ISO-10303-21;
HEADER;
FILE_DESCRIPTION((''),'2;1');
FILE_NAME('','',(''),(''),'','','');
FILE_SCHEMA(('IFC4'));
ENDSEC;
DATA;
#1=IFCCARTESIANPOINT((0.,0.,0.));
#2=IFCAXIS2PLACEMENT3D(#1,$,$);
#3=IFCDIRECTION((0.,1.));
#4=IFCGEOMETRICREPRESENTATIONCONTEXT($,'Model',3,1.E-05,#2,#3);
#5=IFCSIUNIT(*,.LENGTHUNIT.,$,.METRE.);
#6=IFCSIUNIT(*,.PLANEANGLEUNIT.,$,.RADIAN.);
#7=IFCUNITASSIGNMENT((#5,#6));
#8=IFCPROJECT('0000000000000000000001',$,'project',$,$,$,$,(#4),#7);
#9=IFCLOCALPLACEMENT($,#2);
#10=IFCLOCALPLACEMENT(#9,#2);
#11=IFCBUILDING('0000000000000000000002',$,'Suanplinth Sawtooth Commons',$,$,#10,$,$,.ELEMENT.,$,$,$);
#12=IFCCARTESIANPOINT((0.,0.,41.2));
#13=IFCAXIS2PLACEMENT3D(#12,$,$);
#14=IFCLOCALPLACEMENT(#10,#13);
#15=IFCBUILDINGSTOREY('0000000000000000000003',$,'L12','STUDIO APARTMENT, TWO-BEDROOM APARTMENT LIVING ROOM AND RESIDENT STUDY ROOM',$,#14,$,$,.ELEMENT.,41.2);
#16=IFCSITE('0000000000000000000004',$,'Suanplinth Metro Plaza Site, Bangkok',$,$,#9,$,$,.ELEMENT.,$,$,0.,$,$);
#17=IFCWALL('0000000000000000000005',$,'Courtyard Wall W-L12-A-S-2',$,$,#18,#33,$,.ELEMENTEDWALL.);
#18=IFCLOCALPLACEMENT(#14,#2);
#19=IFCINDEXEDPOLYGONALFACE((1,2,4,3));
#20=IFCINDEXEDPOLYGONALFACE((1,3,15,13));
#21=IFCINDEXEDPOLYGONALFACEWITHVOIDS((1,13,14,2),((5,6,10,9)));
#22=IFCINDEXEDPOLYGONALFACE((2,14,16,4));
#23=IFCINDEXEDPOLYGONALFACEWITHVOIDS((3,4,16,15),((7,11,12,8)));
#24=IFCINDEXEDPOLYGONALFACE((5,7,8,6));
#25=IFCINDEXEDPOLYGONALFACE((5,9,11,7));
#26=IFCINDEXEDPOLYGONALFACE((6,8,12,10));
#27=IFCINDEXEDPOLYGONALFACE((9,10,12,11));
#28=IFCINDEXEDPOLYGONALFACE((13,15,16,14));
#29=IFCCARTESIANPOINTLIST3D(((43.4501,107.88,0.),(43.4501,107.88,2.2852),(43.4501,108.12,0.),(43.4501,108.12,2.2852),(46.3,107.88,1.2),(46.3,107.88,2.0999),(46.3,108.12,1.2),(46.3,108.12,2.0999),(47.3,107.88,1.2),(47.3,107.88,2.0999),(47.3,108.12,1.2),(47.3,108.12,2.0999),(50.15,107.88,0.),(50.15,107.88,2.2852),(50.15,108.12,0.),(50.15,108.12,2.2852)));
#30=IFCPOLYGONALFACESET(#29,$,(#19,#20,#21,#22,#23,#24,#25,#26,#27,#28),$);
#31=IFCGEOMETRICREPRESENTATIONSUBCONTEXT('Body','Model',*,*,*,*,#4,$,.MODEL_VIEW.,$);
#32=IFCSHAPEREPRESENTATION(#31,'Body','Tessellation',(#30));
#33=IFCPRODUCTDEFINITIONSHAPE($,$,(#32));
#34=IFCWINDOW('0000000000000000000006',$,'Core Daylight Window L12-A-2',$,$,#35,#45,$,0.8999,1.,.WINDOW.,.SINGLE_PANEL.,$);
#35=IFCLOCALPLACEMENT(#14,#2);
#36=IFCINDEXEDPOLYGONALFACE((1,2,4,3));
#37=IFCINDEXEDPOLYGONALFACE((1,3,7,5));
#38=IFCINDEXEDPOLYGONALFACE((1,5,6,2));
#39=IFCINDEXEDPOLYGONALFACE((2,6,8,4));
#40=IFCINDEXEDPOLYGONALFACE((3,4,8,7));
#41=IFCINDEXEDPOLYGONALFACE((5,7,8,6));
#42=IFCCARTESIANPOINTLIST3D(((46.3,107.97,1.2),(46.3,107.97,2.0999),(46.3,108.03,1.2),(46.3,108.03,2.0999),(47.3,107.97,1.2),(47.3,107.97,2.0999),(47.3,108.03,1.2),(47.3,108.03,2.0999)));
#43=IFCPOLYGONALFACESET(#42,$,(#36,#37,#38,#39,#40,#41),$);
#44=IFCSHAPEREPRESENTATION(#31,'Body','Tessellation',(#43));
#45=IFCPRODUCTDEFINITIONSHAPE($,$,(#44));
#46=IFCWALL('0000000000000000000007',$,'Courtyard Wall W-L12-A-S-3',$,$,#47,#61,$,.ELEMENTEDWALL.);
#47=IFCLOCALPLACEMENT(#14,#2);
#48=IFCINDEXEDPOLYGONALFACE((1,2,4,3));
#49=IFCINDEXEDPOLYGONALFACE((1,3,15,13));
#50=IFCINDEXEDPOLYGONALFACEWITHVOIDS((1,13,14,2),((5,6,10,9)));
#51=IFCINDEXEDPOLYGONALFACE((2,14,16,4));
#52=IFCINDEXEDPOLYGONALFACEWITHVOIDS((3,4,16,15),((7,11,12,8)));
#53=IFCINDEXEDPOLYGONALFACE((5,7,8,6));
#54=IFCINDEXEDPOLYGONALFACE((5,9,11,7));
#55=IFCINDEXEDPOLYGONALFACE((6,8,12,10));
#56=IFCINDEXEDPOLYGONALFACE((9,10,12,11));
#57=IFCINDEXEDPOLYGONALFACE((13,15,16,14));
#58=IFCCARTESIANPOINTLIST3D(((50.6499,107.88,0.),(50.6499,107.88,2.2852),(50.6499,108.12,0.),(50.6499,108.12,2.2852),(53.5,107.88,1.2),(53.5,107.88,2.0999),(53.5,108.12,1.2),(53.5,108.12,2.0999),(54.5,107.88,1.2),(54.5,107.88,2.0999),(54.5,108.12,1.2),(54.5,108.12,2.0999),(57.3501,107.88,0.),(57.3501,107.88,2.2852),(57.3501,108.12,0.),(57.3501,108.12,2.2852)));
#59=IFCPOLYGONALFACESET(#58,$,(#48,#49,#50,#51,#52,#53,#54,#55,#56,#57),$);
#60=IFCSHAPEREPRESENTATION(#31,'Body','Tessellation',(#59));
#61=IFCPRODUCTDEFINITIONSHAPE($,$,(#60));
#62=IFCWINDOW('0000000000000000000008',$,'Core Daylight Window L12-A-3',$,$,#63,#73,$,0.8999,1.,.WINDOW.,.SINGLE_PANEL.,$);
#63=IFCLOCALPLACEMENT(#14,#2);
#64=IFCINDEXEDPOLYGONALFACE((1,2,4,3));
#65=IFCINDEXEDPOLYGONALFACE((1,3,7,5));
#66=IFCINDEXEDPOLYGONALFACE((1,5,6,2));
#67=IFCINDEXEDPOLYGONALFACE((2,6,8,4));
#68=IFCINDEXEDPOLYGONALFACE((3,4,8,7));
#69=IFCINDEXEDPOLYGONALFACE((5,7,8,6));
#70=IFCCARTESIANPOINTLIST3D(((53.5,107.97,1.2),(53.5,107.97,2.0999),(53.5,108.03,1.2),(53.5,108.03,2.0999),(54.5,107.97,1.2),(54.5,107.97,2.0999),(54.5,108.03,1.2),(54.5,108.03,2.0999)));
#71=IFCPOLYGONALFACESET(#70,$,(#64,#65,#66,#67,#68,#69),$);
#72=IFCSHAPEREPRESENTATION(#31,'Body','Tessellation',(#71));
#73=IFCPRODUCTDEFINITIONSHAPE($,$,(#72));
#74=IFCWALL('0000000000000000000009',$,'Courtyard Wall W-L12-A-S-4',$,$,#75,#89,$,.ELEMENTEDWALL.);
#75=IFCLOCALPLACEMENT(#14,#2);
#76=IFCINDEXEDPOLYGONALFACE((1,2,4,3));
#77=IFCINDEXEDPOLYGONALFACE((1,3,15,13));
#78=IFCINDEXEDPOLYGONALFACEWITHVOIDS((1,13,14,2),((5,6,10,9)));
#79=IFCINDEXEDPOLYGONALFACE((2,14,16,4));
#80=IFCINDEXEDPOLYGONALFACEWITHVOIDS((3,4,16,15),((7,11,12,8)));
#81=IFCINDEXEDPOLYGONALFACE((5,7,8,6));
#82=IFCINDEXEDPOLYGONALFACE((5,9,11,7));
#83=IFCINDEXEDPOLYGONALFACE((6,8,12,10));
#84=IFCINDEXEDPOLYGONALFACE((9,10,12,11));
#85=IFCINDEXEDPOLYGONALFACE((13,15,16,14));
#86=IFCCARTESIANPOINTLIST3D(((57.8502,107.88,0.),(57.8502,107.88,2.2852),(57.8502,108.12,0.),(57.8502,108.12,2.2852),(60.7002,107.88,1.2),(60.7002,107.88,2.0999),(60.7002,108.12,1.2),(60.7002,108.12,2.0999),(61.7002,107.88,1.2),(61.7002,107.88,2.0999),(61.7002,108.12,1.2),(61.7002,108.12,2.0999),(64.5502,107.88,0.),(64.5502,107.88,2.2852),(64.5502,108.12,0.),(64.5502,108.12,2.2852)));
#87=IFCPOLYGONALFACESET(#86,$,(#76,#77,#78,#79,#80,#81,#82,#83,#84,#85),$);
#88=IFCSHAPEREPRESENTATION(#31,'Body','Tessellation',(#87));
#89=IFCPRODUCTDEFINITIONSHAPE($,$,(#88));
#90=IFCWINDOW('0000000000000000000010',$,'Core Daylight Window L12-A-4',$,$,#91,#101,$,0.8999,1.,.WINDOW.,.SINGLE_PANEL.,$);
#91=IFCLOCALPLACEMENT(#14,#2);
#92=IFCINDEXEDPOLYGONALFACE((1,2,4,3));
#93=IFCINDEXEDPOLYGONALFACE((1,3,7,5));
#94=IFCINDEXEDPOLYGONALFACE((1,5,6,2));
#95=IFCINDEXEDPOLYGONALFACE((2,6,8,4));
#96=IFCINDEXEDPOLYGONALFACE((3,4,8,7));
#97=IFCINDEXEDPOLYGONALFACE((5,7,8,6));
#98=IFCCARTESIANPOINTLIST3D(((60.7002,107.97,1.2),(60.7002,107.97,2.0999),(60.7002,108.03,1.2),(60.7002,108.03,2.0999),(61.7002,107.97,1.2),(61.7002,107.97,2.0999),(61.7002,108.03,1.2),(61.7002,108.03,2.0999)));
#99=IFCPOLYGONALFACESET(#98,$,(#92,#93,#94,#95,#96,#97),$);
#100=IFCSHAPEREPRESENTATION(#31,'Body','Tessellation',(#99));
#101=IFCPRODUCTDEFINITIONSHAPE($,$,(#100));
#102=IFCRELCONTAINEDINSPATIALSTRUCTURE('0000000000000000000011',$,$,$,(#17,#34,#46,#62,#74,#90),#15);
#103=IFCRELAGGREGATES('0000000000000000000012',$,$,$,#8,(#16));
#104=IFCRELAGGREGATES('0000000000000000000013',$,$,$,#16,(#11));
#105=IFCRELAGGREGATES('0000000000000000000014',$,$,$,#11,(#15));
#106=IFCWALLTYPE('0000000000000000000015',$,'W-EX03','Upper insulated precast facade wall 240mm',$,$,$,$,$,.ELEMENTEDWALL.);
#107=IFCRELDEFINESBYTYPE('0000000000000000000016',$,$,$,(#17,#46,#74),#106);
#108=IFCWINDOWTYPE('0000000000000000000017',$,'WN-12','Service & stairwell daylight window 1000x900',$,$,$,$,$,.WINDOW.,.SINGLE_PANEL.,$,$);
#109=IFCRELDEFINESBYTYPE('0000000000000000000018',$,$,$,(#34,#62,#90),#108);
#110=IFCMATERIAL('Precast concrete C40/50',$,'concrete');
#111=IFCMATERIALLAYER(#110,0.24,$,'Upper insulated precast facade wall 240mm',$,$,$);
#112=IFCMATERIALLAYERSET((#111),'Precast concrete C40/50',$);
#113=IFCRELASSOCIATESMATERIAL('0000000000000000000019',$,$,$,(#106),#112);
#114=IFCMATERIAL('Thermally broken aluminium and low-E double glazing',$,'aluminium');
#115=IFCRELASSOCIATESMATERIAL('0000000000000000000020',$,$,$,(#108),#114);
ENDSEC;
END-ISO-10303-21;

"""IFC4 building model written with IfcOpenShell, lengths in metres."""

from ifc_helpers import new_model, si_unit, direction, frame, frame_2d, origin, place, context, subcontext, project, spatial, rectangle, extrude, material, layer, layer_set, type_object, element, fill, save


model = new_model("IFC4")

# Units and contexts
model_context = context("Model", 3, precision=1e-05, world=origin(), true_north=direction((0.0, 1.0)))
body_context = subcontext(model_context, "Body", "Model", "MODEL_VIEW")
ifc_project = project(units=[si_unit("LENGTHUNIT", "METRE"), si_unit("PLANEANGLEUNIT", "RADIAN")], contexts=[model_context])

# Site, building, storey
site_placement = place(None, origin())
site = spatial("IfcSite", under=ifc_project, at=site_placement, Name="Suanplinth Metro Plaza Site, Bangkok", CompositionType="ELEMENT", RefElevation=0.0)
building_placement = place(site_placement, origin())
building = spatial("IfcBuilding", under=site, at=building_placement, Name="Suanplinth Sawtooth Commons", CompositionType="ELEMENT")
storey_placement = place(building_placement, frame((0.0, 0.0, 41.2)))
storey = spatial("IfcBuildingStorey", under=building, at=storey_placement, Name="L12", Description="STUDIO APARTMENT, TWO-BEDROOM APARTMENT LIVING ROOM AND RESIDENT STUDY ROOM", CompositionType="ELEMENT", Elevation=41.2)

# Shared definitions
ifc_material_1 = material(Name="Precast concrete C40/50", Category="concrete")

# Shared definitions
ifc_layer = layer(ifc_material_1, 0.24, Name="Upper insulated precast facade wall 240mm")
ifc_layer_set = layer_set([ifc_layer], Name="Precast concrete C40/50")
wall_type = type_object("IfcWallType", Name="W-EX03", Description="Upper insulated precast facade wall 240mm", PredefinedType="ELEMENTEDWALL", material=ifc_layer_set)

# Walls, openings, windows
wall_1_placement = place(storey_placement, frame((43.45, 108.0, 0.0), z_axis=(0.0, 0.0, 1.0), x_axis=(1.0, 0.0, 0.0)))
wall_1 = element("IfcWall", 1, at=wall_1_placement, inside=storey, type_object=wall_type, Name="Courtyard Wall W-L12-A-S-2", PredefinedType="ELEMENTEDWALL", context=body_context, shape_type="SweptSolid", body=[
    extrude(rectangle(XDim=6.7, YDim=0.24, at=frame_2d((3.3501, 0.0))), origin(), (0.0, 0.0, 1.0), 2.2852),
])
opening_1_placement = place(wall_1_placement, frame((2.8501, 0.0, 1.2)))
opening_1 = element("IfcOpeningElement", 2, at=opening_1_placement, cuts=wall_1, PredefinedType="OPENING", context=body_context, shape_type="SweptSolid", body=[
    extrude(rectangle(XDim=1.0, YDim=0.8999, at=frame_2d((0.5, 0.45))), frame((0.0, 0.1348, 0.0), z_axis=(0.0, -1.0, 0.0), x_axis=(1.0, 0.0, 0.0)), (0.0, 0.0, 1.0), 0.2698),
])
ifc_material_2 = material(Name="Thermally broken aluminium and low-E double glazing", Category="aluminium")
window_type = type_object("IfcWindowType", Name="WN-12", Description="Service & stairwell daylight window 1000x900", PartitioningType="SINGLE_PANEL", PredefinedType="WINDOW", material=ifc_material_2)
window_1_placement = place(opening_1_placement, origin())
window_1 = element("IfcWindow", 3, at=window_1_placement, inside=storey, type_object=window_type, Name="Core Daylight Window L12-A-2", OverallHeight=0.8999, OverallWidth=1.0, PartitioningType="SINGLE_PANEL", PredefinedType="WINDOW", context=body_context, shape_type="SweptSolid", body=[
    extrude(rectangle(XDim=1.0, YDim=0.8999, at=frame_2d((0.5, 0.45))), frame((0.0, 0.03, 0.0), z_axis=(0.0, -1.0, 0.0), x_axis=(1.0, 0.0, 0.0)), (0.0, 0.0, 1.0), 0.0601),
])
fill(opening_1, window_1)
wall_2_placement = place(storey_placement, frame((50.6499, 108.0, 0.0), z_axis=(0.0, 0.0, 1.0), x_axis=(1.0, 0.0, 0.0)))
wall_2 = element("IfcWall", 4, at=wall_2_placement, inside=storey, type_object=wall_type, Name="Courtyard Wall W-L12-A-S-3", PredefinedType="ELEMENTEDWALL", context=body_context, shape_type="SweptSolid", body=[
    extrude(rectangle(XDim=6.7002, YDim=0.24, at=frame_2d((3.3501, 0.0))), origin(), (0.0, 0.0, 1.0), 2.2852),
])
opening_2_placement = place(wall_2_placement, frame((2.8501, 0.0, 1.2)))
opening_2 = element("IfcOpeningElement", 5, at=opening_2_placement, cuts=wall_2, PredefinedType="OPENING", context=body_context, shape_type="SweptSolid", body=[
    extrude(rectangle(XDim=1.0, YDim=0.8999, at=frame_2d((0.5, 0.45))), frame((0.0, 0.1348, 0.0), z_axis=(0.0, -1.0, 0.0), x_axis=(1.0, 0.0, 0.0)), (0.0, 0.0, 1.0), 0.2698),
])
window_2_placement = place(opening_2_placement, origin())
window_2 = element("IfcWindow", 6, at=window_2_placement, inside=storey, type_object=window_type, Name="Core Daylight Window L12-A-3", OverallHeight=0.8999, OverallWidth=1.0, PartitioningType="SINGLE_PANEL", PredefinedType="WINDOW", context=body_context, shape_type="SweptSolid", body=[
    extrude(rectangle(XDim=1.0, YDim=0.8999, at=frame_2d((0.5, 0.45))), frame((0.0, 0.03, 0.0), z_axis=(0.0, -1.0, 0.0), x_axis=(1.0, 0.0, 0.0)), (0.0, 0.0, 1.0), 0.0601),
])
fill(opening_2, window_2)
wall_3_placement = place(storey_placement, frame((57.8501, 108.0, 0.0), z_axis=(0.0, 0.0, 1.0), x_axis=(1.0, 0.0, 0.0)))
wall_3 = element("IfcWall", 7, at=wall_3_placement, inside=storey, type_object=wall_type, Name="Courtyard Wall W-L12-A-S-4", PredefinedType="ELEMENTEDWALL", context=body_context, shape_type="SweptSolid", body=[
    extrude(rectangle(XDim=6.7, YDim=0.24, at=frame_2d((3.3501, 0.0))), origin(), (0.0, 0.0, 1.0), 2.2852),
])
opening_3_placement = place(wall_3_placement, frame((2.8501, 0.0, 1.2)))
opening_3 = element("IfcOpeningElement", 8, at=opening_3_placement, cuts=wall_3, PredefinedType="OPENING", context=body_context, shape_type="SweptSolid", body=[
    extrude(rectangle(XDim=1.0, YDim=0.8999, at=frame_2d((0.5, 0.45))), frame((0.0, 0.1348, 0.0), z_axis=(0.0, -1.0, 0.0), x_axis=(1.0, 0.0, 0.0)), (0.0, 0.0, 1.0), 0.2698),
])
window_3_placement = place(opening_3_placement, origin())
window_3 = element("IfcWindow", 9, at=window_3_placement, inside=storey, type_object=window_type, Name="Core Daylight Window L12-A-4", OverallHeight=0.8999, OverallWidth=1.0, PartitioningType="SINGLE_PANEL", PredefinedType="WINDOW", context=body_context, shape_type="SweptSolid", body=[
    extrude(rectangle(XDim=1.0, YDim=0.8999, at=frame_2d((0.5, 0.45))), frame((0.0, 0.03, 0.0), z_axis=(0.0, -1.0, 0.0), x_axis=(1.0, 0.0, 0.0)), (0.0, 0.0, 1.0), 0.0601),
])
fill(opening_3, window_3)

save(model, "model.ifc")
